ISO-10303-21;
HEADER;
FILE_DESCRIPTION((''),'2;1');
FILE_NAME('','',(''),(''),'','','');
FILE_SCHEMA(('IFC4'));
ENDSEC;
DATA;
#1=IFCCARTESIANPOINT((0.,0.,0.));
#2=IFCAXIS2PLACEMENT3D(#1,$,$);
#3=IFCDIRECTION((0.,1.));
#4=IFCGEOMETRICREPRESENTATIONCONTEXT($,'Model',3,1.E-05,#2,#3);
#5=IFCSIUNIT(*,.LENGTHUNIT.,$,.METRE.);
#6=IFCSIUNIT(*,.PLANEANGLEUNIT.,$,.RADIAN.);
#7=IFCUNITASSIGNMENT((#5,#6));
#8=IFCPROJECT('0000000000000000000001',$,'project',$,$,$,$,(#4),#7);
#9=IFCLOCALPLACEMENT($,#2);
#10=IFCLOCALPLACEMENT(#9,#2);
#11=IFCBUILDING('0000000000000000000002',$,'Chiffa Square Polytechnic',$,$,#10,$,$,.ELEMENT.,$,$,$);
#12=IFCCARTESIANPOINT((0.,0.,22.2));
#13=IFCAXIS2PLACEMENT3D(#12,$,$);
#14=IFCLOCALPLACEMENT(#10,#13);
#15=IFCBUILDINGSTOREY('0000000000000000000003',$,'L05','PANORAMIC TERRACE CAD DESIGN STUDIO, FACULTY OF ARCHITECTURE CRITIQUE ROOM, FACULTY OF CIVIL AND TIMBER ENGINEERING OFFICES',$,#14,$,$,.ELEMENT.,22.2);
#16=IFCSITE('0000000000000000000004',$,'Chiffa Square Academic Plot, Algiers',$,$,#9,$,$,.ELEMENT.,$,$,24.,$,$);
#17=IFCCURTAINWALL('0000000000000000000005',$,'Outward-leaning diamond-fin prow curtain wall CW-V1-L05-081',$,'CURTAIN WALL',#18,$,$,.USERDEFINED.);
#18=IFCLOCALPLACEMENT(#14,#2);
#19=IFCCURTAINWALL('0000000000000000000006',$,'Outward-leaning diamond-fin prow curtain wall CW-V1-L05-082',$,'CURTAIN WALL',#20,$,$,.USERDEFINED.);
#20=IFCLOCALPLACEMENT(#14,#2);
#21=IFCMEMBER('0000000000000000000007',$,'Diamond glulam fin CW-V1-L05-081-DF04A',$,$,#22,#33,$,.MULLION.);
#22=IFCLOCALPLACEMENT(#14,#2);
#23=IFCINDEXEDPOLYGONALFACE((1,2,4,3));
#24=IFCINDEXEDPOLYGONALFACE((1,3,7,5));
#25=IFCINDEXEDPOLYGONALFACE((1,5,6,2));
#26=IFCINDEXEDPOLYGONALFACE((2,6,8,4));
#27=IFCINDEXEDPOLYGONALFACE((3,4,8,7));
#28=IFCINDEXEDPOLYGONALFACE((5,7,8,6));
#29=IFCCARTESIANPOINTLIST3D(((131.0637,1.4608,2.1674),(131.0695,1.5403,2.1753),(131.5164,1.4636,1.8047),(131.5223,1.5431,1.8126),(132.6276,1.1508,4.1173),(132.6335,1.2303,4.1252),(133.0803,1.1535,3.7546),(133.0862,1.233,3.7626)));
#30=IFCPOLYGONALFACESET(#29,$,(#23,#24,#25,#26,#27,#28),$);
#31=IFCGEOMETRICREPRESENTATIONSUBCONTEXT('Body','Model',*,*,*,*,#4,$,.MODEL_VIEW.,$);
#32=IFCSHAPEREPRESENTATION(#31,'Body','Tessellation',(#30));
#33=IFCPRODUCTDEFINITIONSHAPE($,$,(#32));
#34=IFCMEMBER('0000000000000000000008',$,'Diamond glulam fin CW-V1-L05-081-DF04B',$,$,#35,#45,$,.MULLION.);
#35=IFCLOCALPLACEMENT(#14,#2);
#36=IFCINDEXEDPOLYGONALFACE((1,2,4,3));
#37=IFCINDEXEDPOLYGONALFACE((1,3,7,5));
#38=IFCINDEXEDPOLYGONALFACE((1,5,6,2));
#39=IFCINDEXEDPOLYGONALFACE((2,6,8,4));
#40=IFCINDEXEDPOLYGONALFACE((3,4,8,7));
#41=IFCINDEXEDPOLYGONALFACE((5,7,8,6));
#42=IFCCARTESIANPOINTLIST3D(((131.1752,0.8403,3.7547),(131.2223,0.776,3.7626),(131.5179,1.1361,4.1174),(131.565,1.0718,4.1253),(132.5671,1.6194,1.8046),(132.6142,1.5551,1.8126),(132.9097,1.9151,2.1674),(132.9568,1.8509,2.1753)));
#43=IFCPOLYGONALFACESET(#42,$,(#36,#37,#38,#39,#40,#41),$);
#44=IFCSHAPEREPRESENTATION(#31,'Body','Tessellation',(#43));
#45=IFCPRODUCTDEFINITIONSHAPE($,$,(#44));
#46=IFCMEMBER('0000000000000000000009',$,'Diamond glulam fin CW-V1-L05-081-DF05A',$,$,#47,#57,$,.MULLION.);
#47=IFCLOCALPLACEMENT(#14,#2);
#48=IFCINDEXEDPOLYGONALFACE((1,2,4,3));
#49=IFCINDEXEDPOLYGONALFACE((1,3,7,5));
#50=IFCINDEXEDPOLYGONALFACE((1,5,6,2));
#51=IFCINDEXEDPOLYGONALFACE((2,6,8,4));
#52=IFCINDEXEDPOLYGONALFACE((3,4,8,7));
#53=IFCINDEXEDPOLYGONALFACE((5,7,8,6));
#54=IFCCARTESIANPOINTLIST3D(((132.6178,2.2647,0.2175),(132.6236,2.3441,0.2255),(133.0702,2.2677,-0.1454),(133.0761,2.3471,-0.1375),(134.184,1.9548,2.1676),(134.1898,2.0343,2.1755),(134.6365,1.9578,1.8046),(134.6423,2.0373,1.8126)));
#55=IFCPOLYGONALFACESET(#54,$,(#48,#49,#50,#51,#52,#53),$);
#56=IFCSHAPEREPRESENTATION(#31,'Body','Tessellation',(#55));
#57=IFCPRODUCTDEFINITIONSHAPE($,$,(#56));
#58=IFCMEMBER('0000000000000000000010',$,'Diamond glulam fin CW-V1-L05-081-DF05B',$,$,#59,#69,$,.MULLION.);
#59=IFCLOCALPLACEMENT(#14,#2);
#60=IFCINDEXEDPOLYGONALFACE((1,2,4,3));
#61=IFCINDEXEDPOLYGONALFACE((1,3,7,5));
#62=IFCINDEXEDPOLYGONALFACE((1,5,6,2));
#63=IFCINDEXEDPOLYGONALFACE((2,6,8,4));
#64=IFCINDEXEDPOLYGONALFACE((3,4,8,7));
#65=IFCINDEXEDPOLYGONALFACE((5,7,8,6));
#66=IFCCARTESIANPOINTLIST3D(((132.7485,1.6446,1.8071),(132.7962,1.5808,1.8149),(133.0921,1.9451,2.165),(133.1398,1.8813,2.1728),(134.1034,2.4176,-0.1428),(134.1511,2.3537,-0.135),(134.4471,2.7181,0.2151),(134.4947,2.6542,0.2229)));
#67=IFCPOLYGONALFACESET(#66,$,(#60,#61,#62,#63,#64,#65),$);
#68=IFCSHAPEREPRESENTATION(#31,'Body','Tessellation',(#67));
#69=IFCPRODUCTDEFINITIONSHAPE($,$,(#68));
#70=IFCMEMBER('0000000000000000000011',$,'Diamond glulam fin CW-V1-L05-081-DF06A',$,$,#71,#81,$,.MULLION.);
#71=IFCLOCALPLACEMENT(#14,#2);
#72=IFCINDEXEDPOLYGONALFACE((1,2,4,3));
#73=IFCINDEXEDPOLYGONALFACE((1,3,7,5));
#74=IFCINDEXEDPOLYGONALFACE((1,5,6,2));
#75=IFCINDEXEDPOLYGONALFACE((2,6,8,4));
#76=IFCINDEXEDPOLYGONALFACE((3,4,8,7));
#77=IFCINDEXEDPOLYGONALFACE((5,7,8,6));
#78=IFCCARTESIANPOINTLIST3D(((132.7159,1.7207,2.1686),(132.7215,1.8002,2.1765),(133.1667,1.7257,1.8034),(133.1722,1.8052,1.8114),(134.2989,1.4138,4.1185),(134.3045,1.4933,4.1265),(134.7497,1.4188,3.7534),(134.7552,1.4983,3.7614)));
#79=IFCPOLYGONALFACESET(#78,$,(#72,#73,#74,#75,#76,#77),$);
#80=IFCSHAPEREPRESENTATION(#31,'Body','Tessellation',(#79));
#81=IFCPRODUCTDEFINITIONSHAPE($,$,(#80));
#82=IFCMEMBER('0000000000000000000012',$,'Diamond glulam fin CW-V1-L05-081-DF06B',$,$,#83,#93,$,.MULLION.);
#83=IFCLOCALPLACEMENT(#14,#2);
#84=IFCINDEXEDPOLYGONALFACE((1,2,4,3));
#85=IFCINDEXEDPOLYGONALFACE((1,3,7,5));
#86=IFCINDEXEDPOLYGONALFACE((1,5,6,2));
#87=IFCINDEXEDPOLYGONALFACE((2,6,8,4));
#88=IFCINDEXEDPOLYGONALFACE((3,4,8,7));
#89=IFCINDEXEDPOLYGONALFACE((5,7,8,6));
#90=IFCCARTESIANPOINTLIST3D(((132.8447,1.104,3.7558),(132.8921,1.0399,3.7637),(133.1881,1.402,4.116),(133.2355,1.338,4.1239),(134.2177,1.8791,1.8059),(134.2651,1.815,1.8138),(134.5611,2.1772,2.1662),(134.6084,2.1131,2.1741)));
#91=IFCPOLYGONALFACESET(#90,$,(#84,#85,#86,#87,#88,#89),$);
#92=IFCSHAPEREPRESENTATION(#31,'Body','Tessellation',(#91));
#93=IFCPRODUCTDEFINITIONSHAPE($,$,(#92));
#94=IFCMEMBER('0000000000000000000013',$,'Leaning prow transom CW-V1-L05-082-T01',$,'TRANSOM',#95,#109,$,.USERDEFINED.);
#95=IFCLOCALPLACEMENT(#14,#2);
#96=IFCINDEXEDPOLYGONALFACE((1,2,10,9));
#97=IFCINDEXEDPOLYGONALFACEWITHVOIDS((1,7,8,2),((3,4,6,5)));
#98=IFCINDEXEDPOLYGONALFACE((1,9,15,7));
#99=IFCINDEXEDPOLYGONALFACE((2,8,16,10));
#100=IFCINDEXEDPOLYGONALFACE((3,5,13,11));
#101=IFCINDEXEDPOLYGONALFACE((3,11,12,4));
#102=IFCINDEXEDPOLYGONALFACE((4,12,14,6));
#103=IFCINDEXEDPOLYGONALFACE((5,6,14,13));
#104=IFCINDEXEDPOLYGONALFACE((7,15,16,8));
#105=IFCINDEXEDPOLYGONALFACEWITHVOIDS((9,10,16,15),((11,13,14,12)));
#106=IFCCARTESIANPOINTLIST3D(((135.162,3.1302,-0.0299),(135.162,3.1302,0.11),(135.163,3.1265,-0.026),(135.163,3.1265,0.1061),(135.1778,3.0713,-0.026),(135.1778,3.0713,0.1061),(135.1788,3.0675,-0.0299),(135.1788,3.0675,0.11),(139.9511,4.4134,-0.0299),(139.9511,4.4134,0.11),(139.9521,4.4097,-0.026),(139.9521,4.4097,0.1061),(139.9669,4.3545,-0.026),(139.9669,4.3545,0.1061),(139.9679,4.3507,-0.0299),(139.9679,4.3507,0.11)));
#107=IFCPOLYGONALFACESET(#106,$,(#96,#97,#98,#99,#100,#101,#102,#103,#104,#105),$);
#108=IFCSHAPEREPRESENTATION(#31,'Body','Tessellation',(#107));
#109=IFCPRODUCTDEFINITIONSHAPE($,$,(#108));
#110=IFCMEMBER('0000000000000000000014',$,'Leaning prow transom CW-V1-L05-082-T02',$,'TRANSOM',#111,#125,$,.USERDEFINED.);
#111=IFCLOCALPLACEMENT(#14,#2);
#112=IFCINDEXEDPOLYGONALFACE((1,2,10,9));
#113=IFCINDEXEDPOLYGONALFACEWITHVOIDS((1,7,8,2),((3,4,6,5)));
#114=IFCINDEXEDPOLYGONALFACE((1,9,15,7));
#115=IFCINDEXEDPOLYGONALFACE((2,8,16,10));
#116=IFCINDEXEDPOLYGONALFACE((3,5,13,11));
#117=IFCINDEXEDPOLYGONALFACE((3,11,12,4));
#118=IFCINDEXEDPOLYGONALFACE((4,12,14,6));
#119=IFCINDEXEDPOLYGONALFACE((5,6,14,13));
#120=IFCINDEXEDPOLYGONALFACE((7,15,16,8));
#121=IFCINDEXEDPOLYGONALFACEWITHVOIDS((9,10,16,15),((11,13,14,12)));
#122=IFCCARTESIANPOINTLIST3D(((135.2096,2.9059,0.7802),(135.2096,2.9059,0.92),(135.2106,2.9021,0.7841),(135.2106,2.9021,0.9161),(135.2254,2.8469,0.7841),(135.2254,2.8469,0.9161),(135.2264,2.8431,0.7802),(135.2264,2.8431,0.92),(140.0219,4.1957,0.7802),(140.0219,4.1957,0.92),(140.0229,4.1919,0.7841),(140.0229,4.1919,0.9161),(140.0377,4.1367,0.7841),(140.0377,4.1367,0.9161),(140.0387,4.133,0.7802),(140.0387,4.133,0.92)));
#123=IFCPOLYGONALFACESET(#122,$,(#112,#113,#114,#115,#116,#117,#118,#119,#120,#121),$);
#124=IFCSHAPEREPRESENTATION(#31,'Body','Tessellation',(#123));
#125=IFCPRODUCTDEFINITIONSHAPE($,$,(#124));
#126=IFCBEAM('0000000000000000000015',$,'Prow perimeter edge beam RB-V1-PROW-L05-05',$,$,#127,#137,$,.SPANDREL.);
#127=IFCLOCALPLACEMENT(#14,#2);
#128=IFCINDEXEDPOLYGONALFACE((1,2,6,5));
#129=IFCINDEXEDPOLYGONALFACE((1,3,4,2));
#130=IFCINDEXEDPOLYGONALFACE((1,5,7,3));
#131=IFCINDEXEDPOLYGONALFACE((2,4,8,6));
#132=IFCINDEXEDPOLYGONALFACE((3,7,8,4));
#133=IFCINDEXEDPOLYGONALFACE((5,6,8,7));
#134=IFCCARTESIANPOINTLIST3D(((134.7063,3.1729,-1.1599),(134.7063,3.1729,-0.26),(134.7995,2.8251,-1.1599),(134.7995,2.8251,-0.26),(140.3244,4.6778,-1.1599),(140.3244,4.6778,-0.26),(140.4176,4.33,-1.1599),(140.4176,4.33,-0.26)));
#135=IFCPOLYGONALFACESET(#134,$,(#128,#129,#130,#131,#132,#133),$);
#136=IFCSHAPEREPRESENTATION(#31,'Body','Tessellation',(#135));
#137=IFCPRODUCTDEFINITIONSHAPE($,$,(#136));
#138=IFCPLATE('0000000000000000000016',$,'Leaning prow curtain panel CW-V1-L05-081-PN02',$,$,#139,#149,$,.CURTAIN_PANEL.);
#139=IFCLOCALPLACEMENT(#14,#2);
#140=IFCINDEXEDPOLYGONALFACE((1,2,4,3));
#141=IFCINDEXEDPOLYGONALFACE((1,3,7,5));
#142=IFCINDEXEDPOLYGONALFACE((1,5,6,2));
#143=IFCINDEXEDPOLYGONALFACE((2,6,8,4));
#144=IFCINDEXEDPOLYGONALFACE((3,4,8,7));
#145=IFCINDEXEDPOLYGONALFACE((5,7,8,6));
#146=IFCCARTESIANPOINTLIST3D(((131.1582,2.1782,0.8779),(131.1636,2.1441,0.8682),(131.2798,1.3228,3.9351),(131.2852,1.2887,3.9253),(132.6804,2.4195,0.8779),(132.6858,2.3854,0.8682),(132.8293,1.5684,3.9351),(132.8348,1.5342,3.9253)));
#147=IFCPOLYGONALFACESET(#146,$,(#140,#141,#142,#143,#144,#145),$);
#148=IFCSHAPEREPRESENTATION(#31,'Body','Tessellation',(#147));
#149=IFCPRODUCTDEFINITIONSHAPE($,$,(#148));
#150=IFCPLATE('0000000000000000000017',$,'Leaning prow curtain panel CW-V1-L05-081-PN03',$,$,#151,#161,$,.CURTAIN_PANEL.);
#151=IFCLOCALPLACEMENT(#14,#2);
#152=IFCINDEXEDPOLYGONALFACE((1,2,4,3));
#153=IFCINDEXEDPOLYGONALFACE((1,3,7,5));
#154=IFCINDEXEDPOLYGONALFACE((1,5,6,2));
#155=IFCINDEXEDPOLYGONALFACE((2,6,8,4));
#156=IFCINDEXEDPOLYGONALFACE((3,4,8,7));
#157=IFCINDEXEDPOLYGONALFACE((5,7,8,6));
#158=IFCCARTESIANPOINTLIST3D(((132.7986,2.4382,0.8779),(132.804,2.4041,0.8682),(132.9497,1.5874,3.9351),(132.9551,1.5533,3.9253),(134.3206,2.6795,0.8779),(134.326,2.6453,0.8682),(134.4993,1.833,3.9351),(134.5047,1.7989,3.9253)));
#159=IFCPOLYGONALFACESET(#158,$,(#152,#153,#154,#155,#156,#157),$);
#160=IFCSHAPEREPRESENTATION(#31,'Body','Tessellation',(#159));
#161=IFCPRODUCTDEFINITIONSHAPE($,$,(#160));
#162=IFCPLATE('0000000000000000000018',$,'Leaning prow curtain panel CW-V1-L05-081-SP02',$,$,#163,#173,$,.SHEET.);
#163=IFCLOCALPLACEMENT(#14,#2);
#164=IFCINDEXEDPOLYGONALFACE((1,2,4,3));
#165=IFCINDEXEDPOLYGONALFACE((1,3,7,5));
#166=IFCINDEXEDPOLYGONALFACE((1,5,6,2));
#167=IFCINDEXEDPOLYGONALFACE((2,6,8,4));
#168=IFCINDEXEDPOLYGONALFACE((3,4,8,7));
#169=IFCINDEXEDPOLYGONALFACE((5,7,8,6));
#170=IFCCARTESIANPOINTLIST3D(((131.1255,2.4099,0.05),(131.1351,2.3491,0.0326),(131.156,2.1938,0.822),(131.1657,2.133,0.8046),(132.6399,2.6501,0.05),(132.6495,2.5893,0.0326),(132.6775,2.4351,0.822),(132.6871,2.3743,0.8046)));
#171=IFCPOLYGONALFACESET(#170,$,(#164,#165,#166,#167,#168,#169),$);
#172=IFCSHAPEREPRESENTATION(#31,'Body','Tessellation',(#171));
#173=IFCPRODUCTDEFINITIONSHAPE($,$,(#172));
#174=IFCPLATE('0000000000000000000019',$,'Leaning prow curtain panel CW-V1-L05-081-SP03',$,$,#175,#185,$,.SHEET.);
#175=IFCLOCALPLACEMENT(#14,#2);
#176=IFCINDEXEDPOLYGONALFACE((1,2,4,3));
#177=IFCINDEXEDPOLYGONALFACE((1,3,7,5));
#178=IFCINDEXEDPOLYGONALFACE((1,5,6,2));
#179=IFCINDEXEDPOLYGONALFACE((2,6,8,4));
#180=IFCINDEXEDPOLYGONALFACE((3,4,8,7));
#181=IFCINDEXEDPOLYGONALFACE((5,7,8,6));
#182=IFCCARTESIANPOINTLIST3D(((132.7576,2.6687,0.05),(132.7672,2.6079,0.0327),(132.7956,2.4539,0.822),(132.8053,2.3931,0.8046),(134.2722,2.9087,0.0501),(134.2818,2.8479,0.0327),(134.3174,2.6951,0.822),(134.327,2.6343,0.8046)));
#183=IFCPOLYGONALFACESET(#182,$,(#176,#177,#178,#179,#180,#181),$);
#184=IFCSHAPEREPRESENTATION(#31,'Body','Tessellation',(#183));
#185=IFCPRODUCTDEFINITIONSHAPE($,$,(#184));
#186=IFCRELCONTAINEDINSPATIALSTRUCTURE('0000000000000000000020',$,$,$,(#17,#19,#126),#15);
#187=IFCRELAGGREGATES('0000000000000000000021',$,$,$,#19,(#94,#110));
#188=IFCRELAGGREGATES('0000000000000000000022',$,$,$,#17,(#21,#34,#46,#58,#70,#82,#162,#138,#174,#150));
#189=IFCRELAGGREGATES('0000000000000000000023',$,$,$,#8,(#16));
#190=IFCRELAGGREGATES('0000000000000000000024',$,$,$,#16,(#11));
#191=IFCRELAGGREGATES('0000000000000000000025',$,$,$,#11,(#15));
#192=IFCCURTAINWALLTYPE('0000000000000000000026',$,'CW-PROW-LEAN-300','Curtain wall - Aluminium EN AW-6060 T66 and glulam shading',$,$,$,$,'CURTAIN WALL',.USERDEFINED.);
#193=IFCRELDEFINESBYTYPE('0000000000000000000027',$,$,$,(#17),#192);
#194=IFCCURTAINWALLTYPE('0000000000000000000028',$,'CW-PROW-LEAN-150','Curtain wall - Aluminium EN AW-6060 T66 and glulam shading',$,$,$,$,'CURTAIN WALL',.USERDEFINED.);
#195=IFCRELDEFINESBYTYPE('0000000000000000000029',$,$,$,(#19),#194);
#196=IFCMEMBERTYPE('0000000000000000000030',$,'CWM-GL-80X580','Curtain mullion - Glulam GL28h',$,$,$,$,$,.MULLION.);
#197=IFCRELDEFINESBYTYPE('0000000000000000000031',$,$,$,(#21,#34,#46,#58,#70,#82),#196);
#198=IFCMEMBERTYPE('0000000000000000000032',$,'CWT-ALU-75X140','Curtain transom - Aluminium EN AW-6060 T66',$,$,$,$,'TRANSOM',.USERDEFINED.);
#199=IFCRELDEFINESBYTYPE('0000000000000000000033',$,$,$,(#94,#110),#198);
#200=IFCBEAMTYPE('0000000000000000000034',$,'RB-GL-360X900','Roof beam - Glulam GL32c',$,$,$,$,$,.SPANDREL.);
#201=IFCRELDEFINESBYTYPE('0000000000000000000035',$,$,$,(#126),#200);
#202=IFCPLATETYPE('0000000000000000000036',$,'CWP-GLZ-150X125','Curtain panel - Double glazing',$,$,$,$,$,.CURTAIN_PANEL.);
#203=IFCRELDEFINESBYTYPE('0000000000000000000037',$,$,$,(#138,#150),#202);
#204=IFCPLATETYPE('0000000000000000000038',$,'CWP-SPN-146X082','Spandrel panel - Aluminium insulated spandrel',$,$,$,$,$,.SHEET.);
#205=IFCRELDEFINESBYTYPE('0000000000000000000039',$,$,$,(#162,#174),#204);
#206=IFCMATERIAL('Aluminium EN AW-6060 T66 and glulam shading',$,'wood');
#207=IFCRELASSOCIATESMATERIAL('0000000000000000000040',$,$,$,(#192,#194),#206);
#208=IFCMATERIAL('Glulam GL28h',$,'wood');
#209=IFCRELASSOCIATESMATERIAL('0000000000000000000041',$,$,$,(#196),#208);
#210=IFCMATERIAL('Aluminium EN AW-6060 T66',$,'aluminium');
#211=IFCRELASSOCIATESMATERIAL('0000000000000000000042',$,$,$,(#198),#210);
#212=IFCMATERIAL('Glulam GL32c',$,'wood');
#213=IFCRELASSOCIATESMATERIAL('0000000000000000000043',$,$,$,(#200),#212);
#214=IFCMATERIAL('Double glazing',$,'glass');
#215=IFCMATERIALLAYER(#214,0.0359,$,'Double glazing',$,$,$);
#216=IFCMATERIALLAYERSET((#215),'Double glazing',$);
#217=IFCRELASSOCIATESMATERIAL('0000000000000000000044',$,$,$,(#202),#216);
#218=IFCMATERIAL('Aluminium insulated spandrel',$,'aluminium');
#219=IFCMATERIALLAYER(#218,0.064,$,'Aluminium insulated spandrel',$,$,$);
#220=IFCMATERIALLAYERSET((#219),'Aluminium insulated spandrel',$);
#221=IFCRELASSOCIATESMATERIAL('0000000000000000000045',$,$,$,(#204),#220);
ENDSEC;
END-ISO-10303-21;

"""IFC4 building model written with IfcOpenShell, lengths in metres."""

from ifc_helpers import new_model, si_unit, direction, frame, origin, origin_2d, place, context, subcontext, project, spatial, polyline, rectangle, hollow_rectangle, outline, extrude, material, layer, layer_set, material_profile, profile_set, type_object, element, aggregate, save


model = new_model("IFC4")

# Units and contexts
model_context = context("Model", 3, precision=1e-05, world=origin(), true_north=direction((0.0, 1.0)))
body_context = subcontext(model_context, "Body", "Model", "MODEL_VIEW")
ifc_project = project(units=[si_unit("LENGTHUNIT", "METRE"), si_unit("PLANEANGLEUNIT", "RADIAN")], contexts=[model_context])

# Site, building, storey
site_placement = place(None, origin())
site = spatial("IfcSite", under=ifc_project, at=site_placement, Name="Chiffa Square Academic Plot, Algiers", CompositionType="ELEMENT", RefElevation=24.0)
building_placement = place(site_placement, origin())
building = spatial("IfcBuilding", under=site, at=building_placement, Name="Chiffa Square Polytechnic", CompositionType="ELEMENT")
storey_placement = place(building_placement, frame((0.0, 0.0, 22.2)))
storey = spatial("IfcBuildingStorey", under=building, at=storey_placement, Name="L05", Description="PANORAMIC TERRACE CAD DESIGN STUDIO, FACULTY OF ARCHITECTURE CRITIQUE ROOM, FACULTY OF CIVIL AND TIMBER ENGINEERING OFFICES", CompositionType="ELEMENT", Elevation=22.2)

# Shared definitions
ifc_material_1 = material(Name="Glulam GL32c", Category="wood")

# Curtain wall
ifc_material_2 = material(Name="Aluminium EN AW-6060 T66 and glulam shading", Category="wood")
curtain_wall_type_1 = type_object("IfcCurtainWallType", Name="CW-PROW-LEAN-300", Description="Curtain wall - Aluminium EN AW-6060 T66 and glulam shading", ElementType="CURTAIN WALL", PredefinedType="USERDEFINED", material=ifc_material_2)
curtain_wall_1_placement = place(storey_placement, origin())
curtain_wall_1 = element("IfcCurtainWall", 1, at=curtain_wall_1_placement, inside=storey, type_object=curtain_wall_type_1, Name="Outward-leaning diamond-fin prow curtain wall CW-V1-L05-081", ObjectType="CURTAIN WALL", PredefinedType="USERDEFINED")
ifc_material_3 = material(Name="Aluminium EN AW-6060 T66", Category="aluminium")

# Curtain wall
curtain_wall_type_2 = type_object("IfcCurtainWallType", Name="CW-PROW-LEAN-150", Description="Curtain wall - Aluminium EN AW-6060 T66 and glulam shading", ElementType="CURTAIN WALL", PredefinedType="USERDEFINED", material=ifc_material_2)
curtain_wall_2_placement = place(storey_placement, origin())
curtain_wall_2 = element("IfcCurtainWall", 2, at=curtain_wall_2_placement, inside=storey, type_object=curtain_wall_type_2, Name="Outward-leaning diamond-fin prow curtain wall CW-V1-L05-082", ObjectType="CURTAIN WALL", PredefinedType="USERDEFINED")

# Members
ifc_material_4 = material(Name="Glulam GL28h", Category="wood")
ifc_material_profile_1 = material_profile(ifc_material_4, rectangle(XDim=0.0801, YDim=0.5801, at=origin_2d()), Name="GL28h 80x580")
ifc_profile_set_1 = profile_set([ifc_material_profile_1], Name="Glulam GL28h")
member_type_1 = type_object("IfcMemberType", Name="CWM-GL-80X580", Description="Curtain mullion - Glulam GL28h", PredefinedType="MULLION", material=ifc_profile_set_1)
member_1_placement = place(storey_placement, frame((131.293, 1.502, 1.99), z_axis=(0.620913, -0.123097, 0.774154), x_axis=(0.07328, 0.992383, 0.099023)))
member_1 = element("IfcMember", 3, at=member_1_placement, type_object=member_type_1, Name="Diamond glulam fin CW-V1-L05-081-DF04A", PredefinedType="MULLION", context=body_context, shape_type="SweptSolid", body=[
    extrude(rectangle(XDim=0.0801, YDim=0.5801, at=origin_2d()), origin(), (0.0, 0.0, 1.0), 2.5188),
])
member_2_placement = place(storey_placement, frame((132.762, 1.7351, 1.99), z_axis=(-0.552491, -0.309244, 0.77403), x_axis=(0.588068, -0.802724, 0.099046)))
member_2 = element("IfcMember", 4, at=member_2_placement, type_object=member_type_1, Name="Diamond glulam fin CW-V1-L05-081-DF04B", PredefinedType="MULLION", context=body_context, shape_type="SweptSolid", body=[
    extrude(rectangle(XDim=0.0801, YDim=0.5801, at=origin_2d()), origin(), (0.0, 0.0, 1.0), 2.5193),
])
member_3_placement = place(storey_placement, frame((132.8469, 2.3059, 0.04), z_axis=(0.621456, -0.122935, 0.773744), x_axis=(0.072929, 0.992401, 0.099101)))
member_3 = element("IfcMember", 5, at=member_3_placement, type_object=member_type_1, Name="Diamond glulam fin CW-V1-L05-081-DF05A", PredefinedType="MULLION", context=body_context, shape_type="SweptSolid", body=[
    extrude(rectangle(XDim=0.0801, YDim=0.5801, at=origin_2d()), origin(), (0.0, 0.0, 1.0), 2.5203),
])
member_4_placement = place(storey_placement, frame((134.2991, 2.5359, 0.04), z_axis=(-0.542612, -0.309533, 0.780872), x_axis=(0.595503, -0.797387, 0.097723)))
member_4 = element("IfcMember", 6, at=member_4_placement, type_object=member_type_1, Name="Diamond glulam fin CW-V1-L05-081-DF05B", PredefinedType="MULLION", context=body_context, shape_type="SweptSolid", body=[
    extrude(rectangle(XDim=0.0801, YDim=0.5801, at=origin_2d()), origin(), (0.0, 0.0, 1.0), 2.4971),
])
member_5_placement = place(storey_placement, frame((132.9441, 1.7629, 1.99), z_axis=(0.625621, -0.121284, 0.770641), x_axis=(0.069624, 0.99258, 0.099691)))
member_5 = element("IfcMember", 7, at=member_5_placement, type_object=member_type_1, Name="Diamond glulam fin CW-V1-L05-081-DF06A", PredefinedType="MULLION", context=body_context, shape_type="SweptSolid", body=[
    extrude(rectangle(XDim=0.0801, YDim=0.5801, at=origin_2d()), origin(), (0.0, 0.0, 1.0), 2.5303),
])
member_6_placement = place(storey_placement, frame((134.4131, 1.9961, 1.99), z_axis=(-0.547538, -0.30911, 0.777594), x_axis=(0.591489, -0.800291, 0.098361)))
member_6 = element("IfcMember", 8, at=member_6_placement, type_object=member_type_1, Name="Diamond glulam fin CW-V1-L05-081-DF06B", PredefinedType="MULLION", context=body_context, shape_type="SweptSolid", body=[
    extrude(rectangle(XDim=0.0801, YDim=0.5801, at=origin_2d()), origin(), (0.0, 0.0, 1.0), 2.5076),
])
ifc_material_profile_2 = material_profile(ifc_material_3, hollow_rectangle(XDim=0.0649, YDim=0.1399, WallThickness=0.0039, at=origin_2d()), Name="ALU 65x140x4")
ifc_profile_set_2 = profile_set([ifc_material_profile_2], Name="Aluminium EN AW-6060 T66")
member_type_2 = type_object("IfcMemberType", Name="CWT-ALU-75X140", Description="Curtain transom - Aluminium EN AW-6060 T66", ElementType="TRANSOM", PredefinedType="USERDEFINED", material=ifc_profile_set_2)
member_7_placement = place(storey_placement, frame((135.1704, 3.0989, 0.04), z_axis=(0.965927, 0.258815, 0.0), x_axis=(-0.258815, 0.965927, 0.0)))
member_7 = element("IfcMember", 9, at=member_7_placement, type_object=member_type_2, Name="Leaning prow transom CW-V1-L05-082-T01", ObjectType="TRANSOM", PredefinedType="USERDEFINED", context=body_context, shape_type="SweptSolid", body=[
    extrude(hollow_rectangle(XDim=0.0649, YDim=0.1399, WallThickness=0.0039, at=origin_2d()), origin(), (0.0, 0.0, 1.0), 4.958),
])
member_8_placement = place(storey_placement, frame((135.218, 2.8745, 0.8501), z_axis=(0.965908, 0.258885, 0.0), x_axis=(-0.258885, 0.965908, 0.0)))
member_8 = element("IfcMember", 10, at=member_8_placement, type_object=member_type_2, Name="Leaning prow transom CW-V1-L05-082-T02", ObjectType="TRANSOM", PredefinedType="USERDEFINED", context=body_context, shape_type="SweptSolid", body=[
    extrude(hollow_rectangle(XDim=0.0649, YDim=0.1399, WallThickness=0.0039, at=origin_2d()), origin(), (0.0, 0.0, 1.0), 4.9822),
])
aggregate(curtain_wall_2, [member_7, member_8])

# Beam
ifc_material_profile_3 = material_profile(ifc_material_1, rectangle(XDim=0.3601, YDim=0.8999, at=origin_2d()), Name="GL32c 360x900")
ifc_profile_set_3 = profile_set([ifc_material_profile_3], Name="Glulam GL32c")
beam_type_1 = type_object("IfcBeamType", Name="RB-GL-360X900", Description="Roof beam - Glulam GL32c", PredefinedType="SPANDREL", material=ifc_profile_set_3)
beam_1_placement = place(storey_placement, frame((134.7529, 2.999, -0.71), z_axis=(0.965947, 0.258739, 0.0), x_axis=(-0.258739, 0.965947, 0.0)))
element("IfcBeam", 11, at=beam_1_placement, inside=storey, type_object=beam_type_1, Name="Prow perimeter edge beam RB-V1-PROW-L05-05", PredefinedType="SPANDREL", context=body_context, shape_type="SweptSolid", body=[
    extrude(rectangle(XDim=0.3601, YDim=0.8999, at=origin_2d()), origin(), (0.0, 0.0, 1.0), 5.8162),
])

# Plates
ifc_material_5 = material(Name="Double glazing", Category="glass")
ifc_layer_1 = layer(ifc_material_5, 0.0359, Name="Double glazing")
ifc_layer_set_1 = layer_set([ifc_layer_1], Name="Double glazing")
plate_type_1 = type_object("IfcPlateType", Name="CWP-GLZ-150X125", Description="Curtain panel - Double glazing", PredefinedType="CURTAIN_PANEL", material=ifc_layer_set_1)
plate_1_placement = place(storey_placement, frame((131.1582, 2.1782, 0.8779), z_axis=(-0.150628, 0.950451, 0.271943), x_axis=(0.987674, 0.156525, 0.000005)))
plate_1 = element("IfcPlate", 12, at=plate_1_placement, type_object=plate_type_1, Name="Leaning prow curtain panel CW-V1-L05-081-PN02", PredefinedType="CURTAIN_PANEL", context=body_context, shape_type="SweptSolid", body=[
    extrude(outline(polyline([(0.0, 0.0), (1.5412, 0.0), (1.5551, -3.1768), (-0.0138, -3.1769), (0.0, 0.0)])), origin(), (0.0, 0.0, -1.0), 0.0359),
])
plate_2_placement = place(storey_placement, frame((132.7986, 2.4382, 0.8779), z_axis=(-0.150639, 0.950445, 0.271961), x_axis=(0.987672, 0.156539, 0.000002)))
plate_2 = element("IfcPlate", 13, at=plate_2_placement, type_object=plate_type_1, Name="Leaning prow curtain panel CW-V1-L05-081-PN03", PredefinedType="CURTAIN_PANEL", context=body_context, shape_type="SweptSolid", body=[
    extrude(outline(polyline([(0.0, 0.0), (1.541, 0.0), (1.585, -3.1769), (0.0161, -3.1769), (0.0, 0.0)])), origin(), (0.0, 0.0, -1.0), 0.0359),
])
ifc_material_6 = material(Name="Aluminium insulated spandrel", Category="aluminium")
ifc_layer_2 = layer(ifc_material_6, 0.064, Name="Aluminium insulated spandrel")
ifc_layer_set_2 = layer_set([ifc_layer_2], Name="Aluminium insulated spandrel")
plate_type_2 = type_object("IfcPlateType", Name="CWP-SPN-146X082", Description="Spandrel panel - Aluminium insulated spandrel", PredefinedType="SHEET", material=ifc_layer_set_2)
plate_3_placement = place(storey_placement, frame((131.1255, 2.4099, 0.05), z_axis=(-0.15072, 0.950405, 0.272054), x_axis=(0.987657, 0.156631, -0.000012)))
plate_3 = element("IfcPlate", 14, at=plate_3_placement, type_object=plate_type_2, Name="Leaning prow curtain panel CW-V1-L05-081-SP02", PredefinedType="SHEET", context=body_context, shape_type="SweptSolid", body=[
    extrude(outline(polyline([(0.0, 0.0), (1.5333, 0.0), (1.5368, -0.8023), (-0.0037, -0.8022), (0.0, 0.0)])), origin(), (0.0, 0.0, -1.0), 0.064),
])
plate_4_placement = place(storey_placement, frame((132.7576, 2.6687, 0.05), z_axis=(-0.150629, 0.950467, 0.27189), x_axis=(0.987674, 0.156523, 0.000008)))
plate_4 = element("IfcPlate", 15, at=plate_4_placement, type_object=plate_type_2, Name="Leaning prow curtain panel CW-V1-L05-081-SP03", PredefinedType="SHEET", context=body_context, shape_type="SweptSolid", body=[
    extrude(outline(polyline([(0.0, 0.0), (1.5335, 0.0), (1.5447, -0.8022), (0.004, -0.8022), (0.0, 0.0)])), origin(), (0.0, 0.0, -1.0), 0.064),
])
aggregate(curtain_wall_1, [member_1, member_2, member_3, member_4, member_5, member_6, plate_3, plate_1, plate_4, plate_2])

save(model, "model.ifc")
